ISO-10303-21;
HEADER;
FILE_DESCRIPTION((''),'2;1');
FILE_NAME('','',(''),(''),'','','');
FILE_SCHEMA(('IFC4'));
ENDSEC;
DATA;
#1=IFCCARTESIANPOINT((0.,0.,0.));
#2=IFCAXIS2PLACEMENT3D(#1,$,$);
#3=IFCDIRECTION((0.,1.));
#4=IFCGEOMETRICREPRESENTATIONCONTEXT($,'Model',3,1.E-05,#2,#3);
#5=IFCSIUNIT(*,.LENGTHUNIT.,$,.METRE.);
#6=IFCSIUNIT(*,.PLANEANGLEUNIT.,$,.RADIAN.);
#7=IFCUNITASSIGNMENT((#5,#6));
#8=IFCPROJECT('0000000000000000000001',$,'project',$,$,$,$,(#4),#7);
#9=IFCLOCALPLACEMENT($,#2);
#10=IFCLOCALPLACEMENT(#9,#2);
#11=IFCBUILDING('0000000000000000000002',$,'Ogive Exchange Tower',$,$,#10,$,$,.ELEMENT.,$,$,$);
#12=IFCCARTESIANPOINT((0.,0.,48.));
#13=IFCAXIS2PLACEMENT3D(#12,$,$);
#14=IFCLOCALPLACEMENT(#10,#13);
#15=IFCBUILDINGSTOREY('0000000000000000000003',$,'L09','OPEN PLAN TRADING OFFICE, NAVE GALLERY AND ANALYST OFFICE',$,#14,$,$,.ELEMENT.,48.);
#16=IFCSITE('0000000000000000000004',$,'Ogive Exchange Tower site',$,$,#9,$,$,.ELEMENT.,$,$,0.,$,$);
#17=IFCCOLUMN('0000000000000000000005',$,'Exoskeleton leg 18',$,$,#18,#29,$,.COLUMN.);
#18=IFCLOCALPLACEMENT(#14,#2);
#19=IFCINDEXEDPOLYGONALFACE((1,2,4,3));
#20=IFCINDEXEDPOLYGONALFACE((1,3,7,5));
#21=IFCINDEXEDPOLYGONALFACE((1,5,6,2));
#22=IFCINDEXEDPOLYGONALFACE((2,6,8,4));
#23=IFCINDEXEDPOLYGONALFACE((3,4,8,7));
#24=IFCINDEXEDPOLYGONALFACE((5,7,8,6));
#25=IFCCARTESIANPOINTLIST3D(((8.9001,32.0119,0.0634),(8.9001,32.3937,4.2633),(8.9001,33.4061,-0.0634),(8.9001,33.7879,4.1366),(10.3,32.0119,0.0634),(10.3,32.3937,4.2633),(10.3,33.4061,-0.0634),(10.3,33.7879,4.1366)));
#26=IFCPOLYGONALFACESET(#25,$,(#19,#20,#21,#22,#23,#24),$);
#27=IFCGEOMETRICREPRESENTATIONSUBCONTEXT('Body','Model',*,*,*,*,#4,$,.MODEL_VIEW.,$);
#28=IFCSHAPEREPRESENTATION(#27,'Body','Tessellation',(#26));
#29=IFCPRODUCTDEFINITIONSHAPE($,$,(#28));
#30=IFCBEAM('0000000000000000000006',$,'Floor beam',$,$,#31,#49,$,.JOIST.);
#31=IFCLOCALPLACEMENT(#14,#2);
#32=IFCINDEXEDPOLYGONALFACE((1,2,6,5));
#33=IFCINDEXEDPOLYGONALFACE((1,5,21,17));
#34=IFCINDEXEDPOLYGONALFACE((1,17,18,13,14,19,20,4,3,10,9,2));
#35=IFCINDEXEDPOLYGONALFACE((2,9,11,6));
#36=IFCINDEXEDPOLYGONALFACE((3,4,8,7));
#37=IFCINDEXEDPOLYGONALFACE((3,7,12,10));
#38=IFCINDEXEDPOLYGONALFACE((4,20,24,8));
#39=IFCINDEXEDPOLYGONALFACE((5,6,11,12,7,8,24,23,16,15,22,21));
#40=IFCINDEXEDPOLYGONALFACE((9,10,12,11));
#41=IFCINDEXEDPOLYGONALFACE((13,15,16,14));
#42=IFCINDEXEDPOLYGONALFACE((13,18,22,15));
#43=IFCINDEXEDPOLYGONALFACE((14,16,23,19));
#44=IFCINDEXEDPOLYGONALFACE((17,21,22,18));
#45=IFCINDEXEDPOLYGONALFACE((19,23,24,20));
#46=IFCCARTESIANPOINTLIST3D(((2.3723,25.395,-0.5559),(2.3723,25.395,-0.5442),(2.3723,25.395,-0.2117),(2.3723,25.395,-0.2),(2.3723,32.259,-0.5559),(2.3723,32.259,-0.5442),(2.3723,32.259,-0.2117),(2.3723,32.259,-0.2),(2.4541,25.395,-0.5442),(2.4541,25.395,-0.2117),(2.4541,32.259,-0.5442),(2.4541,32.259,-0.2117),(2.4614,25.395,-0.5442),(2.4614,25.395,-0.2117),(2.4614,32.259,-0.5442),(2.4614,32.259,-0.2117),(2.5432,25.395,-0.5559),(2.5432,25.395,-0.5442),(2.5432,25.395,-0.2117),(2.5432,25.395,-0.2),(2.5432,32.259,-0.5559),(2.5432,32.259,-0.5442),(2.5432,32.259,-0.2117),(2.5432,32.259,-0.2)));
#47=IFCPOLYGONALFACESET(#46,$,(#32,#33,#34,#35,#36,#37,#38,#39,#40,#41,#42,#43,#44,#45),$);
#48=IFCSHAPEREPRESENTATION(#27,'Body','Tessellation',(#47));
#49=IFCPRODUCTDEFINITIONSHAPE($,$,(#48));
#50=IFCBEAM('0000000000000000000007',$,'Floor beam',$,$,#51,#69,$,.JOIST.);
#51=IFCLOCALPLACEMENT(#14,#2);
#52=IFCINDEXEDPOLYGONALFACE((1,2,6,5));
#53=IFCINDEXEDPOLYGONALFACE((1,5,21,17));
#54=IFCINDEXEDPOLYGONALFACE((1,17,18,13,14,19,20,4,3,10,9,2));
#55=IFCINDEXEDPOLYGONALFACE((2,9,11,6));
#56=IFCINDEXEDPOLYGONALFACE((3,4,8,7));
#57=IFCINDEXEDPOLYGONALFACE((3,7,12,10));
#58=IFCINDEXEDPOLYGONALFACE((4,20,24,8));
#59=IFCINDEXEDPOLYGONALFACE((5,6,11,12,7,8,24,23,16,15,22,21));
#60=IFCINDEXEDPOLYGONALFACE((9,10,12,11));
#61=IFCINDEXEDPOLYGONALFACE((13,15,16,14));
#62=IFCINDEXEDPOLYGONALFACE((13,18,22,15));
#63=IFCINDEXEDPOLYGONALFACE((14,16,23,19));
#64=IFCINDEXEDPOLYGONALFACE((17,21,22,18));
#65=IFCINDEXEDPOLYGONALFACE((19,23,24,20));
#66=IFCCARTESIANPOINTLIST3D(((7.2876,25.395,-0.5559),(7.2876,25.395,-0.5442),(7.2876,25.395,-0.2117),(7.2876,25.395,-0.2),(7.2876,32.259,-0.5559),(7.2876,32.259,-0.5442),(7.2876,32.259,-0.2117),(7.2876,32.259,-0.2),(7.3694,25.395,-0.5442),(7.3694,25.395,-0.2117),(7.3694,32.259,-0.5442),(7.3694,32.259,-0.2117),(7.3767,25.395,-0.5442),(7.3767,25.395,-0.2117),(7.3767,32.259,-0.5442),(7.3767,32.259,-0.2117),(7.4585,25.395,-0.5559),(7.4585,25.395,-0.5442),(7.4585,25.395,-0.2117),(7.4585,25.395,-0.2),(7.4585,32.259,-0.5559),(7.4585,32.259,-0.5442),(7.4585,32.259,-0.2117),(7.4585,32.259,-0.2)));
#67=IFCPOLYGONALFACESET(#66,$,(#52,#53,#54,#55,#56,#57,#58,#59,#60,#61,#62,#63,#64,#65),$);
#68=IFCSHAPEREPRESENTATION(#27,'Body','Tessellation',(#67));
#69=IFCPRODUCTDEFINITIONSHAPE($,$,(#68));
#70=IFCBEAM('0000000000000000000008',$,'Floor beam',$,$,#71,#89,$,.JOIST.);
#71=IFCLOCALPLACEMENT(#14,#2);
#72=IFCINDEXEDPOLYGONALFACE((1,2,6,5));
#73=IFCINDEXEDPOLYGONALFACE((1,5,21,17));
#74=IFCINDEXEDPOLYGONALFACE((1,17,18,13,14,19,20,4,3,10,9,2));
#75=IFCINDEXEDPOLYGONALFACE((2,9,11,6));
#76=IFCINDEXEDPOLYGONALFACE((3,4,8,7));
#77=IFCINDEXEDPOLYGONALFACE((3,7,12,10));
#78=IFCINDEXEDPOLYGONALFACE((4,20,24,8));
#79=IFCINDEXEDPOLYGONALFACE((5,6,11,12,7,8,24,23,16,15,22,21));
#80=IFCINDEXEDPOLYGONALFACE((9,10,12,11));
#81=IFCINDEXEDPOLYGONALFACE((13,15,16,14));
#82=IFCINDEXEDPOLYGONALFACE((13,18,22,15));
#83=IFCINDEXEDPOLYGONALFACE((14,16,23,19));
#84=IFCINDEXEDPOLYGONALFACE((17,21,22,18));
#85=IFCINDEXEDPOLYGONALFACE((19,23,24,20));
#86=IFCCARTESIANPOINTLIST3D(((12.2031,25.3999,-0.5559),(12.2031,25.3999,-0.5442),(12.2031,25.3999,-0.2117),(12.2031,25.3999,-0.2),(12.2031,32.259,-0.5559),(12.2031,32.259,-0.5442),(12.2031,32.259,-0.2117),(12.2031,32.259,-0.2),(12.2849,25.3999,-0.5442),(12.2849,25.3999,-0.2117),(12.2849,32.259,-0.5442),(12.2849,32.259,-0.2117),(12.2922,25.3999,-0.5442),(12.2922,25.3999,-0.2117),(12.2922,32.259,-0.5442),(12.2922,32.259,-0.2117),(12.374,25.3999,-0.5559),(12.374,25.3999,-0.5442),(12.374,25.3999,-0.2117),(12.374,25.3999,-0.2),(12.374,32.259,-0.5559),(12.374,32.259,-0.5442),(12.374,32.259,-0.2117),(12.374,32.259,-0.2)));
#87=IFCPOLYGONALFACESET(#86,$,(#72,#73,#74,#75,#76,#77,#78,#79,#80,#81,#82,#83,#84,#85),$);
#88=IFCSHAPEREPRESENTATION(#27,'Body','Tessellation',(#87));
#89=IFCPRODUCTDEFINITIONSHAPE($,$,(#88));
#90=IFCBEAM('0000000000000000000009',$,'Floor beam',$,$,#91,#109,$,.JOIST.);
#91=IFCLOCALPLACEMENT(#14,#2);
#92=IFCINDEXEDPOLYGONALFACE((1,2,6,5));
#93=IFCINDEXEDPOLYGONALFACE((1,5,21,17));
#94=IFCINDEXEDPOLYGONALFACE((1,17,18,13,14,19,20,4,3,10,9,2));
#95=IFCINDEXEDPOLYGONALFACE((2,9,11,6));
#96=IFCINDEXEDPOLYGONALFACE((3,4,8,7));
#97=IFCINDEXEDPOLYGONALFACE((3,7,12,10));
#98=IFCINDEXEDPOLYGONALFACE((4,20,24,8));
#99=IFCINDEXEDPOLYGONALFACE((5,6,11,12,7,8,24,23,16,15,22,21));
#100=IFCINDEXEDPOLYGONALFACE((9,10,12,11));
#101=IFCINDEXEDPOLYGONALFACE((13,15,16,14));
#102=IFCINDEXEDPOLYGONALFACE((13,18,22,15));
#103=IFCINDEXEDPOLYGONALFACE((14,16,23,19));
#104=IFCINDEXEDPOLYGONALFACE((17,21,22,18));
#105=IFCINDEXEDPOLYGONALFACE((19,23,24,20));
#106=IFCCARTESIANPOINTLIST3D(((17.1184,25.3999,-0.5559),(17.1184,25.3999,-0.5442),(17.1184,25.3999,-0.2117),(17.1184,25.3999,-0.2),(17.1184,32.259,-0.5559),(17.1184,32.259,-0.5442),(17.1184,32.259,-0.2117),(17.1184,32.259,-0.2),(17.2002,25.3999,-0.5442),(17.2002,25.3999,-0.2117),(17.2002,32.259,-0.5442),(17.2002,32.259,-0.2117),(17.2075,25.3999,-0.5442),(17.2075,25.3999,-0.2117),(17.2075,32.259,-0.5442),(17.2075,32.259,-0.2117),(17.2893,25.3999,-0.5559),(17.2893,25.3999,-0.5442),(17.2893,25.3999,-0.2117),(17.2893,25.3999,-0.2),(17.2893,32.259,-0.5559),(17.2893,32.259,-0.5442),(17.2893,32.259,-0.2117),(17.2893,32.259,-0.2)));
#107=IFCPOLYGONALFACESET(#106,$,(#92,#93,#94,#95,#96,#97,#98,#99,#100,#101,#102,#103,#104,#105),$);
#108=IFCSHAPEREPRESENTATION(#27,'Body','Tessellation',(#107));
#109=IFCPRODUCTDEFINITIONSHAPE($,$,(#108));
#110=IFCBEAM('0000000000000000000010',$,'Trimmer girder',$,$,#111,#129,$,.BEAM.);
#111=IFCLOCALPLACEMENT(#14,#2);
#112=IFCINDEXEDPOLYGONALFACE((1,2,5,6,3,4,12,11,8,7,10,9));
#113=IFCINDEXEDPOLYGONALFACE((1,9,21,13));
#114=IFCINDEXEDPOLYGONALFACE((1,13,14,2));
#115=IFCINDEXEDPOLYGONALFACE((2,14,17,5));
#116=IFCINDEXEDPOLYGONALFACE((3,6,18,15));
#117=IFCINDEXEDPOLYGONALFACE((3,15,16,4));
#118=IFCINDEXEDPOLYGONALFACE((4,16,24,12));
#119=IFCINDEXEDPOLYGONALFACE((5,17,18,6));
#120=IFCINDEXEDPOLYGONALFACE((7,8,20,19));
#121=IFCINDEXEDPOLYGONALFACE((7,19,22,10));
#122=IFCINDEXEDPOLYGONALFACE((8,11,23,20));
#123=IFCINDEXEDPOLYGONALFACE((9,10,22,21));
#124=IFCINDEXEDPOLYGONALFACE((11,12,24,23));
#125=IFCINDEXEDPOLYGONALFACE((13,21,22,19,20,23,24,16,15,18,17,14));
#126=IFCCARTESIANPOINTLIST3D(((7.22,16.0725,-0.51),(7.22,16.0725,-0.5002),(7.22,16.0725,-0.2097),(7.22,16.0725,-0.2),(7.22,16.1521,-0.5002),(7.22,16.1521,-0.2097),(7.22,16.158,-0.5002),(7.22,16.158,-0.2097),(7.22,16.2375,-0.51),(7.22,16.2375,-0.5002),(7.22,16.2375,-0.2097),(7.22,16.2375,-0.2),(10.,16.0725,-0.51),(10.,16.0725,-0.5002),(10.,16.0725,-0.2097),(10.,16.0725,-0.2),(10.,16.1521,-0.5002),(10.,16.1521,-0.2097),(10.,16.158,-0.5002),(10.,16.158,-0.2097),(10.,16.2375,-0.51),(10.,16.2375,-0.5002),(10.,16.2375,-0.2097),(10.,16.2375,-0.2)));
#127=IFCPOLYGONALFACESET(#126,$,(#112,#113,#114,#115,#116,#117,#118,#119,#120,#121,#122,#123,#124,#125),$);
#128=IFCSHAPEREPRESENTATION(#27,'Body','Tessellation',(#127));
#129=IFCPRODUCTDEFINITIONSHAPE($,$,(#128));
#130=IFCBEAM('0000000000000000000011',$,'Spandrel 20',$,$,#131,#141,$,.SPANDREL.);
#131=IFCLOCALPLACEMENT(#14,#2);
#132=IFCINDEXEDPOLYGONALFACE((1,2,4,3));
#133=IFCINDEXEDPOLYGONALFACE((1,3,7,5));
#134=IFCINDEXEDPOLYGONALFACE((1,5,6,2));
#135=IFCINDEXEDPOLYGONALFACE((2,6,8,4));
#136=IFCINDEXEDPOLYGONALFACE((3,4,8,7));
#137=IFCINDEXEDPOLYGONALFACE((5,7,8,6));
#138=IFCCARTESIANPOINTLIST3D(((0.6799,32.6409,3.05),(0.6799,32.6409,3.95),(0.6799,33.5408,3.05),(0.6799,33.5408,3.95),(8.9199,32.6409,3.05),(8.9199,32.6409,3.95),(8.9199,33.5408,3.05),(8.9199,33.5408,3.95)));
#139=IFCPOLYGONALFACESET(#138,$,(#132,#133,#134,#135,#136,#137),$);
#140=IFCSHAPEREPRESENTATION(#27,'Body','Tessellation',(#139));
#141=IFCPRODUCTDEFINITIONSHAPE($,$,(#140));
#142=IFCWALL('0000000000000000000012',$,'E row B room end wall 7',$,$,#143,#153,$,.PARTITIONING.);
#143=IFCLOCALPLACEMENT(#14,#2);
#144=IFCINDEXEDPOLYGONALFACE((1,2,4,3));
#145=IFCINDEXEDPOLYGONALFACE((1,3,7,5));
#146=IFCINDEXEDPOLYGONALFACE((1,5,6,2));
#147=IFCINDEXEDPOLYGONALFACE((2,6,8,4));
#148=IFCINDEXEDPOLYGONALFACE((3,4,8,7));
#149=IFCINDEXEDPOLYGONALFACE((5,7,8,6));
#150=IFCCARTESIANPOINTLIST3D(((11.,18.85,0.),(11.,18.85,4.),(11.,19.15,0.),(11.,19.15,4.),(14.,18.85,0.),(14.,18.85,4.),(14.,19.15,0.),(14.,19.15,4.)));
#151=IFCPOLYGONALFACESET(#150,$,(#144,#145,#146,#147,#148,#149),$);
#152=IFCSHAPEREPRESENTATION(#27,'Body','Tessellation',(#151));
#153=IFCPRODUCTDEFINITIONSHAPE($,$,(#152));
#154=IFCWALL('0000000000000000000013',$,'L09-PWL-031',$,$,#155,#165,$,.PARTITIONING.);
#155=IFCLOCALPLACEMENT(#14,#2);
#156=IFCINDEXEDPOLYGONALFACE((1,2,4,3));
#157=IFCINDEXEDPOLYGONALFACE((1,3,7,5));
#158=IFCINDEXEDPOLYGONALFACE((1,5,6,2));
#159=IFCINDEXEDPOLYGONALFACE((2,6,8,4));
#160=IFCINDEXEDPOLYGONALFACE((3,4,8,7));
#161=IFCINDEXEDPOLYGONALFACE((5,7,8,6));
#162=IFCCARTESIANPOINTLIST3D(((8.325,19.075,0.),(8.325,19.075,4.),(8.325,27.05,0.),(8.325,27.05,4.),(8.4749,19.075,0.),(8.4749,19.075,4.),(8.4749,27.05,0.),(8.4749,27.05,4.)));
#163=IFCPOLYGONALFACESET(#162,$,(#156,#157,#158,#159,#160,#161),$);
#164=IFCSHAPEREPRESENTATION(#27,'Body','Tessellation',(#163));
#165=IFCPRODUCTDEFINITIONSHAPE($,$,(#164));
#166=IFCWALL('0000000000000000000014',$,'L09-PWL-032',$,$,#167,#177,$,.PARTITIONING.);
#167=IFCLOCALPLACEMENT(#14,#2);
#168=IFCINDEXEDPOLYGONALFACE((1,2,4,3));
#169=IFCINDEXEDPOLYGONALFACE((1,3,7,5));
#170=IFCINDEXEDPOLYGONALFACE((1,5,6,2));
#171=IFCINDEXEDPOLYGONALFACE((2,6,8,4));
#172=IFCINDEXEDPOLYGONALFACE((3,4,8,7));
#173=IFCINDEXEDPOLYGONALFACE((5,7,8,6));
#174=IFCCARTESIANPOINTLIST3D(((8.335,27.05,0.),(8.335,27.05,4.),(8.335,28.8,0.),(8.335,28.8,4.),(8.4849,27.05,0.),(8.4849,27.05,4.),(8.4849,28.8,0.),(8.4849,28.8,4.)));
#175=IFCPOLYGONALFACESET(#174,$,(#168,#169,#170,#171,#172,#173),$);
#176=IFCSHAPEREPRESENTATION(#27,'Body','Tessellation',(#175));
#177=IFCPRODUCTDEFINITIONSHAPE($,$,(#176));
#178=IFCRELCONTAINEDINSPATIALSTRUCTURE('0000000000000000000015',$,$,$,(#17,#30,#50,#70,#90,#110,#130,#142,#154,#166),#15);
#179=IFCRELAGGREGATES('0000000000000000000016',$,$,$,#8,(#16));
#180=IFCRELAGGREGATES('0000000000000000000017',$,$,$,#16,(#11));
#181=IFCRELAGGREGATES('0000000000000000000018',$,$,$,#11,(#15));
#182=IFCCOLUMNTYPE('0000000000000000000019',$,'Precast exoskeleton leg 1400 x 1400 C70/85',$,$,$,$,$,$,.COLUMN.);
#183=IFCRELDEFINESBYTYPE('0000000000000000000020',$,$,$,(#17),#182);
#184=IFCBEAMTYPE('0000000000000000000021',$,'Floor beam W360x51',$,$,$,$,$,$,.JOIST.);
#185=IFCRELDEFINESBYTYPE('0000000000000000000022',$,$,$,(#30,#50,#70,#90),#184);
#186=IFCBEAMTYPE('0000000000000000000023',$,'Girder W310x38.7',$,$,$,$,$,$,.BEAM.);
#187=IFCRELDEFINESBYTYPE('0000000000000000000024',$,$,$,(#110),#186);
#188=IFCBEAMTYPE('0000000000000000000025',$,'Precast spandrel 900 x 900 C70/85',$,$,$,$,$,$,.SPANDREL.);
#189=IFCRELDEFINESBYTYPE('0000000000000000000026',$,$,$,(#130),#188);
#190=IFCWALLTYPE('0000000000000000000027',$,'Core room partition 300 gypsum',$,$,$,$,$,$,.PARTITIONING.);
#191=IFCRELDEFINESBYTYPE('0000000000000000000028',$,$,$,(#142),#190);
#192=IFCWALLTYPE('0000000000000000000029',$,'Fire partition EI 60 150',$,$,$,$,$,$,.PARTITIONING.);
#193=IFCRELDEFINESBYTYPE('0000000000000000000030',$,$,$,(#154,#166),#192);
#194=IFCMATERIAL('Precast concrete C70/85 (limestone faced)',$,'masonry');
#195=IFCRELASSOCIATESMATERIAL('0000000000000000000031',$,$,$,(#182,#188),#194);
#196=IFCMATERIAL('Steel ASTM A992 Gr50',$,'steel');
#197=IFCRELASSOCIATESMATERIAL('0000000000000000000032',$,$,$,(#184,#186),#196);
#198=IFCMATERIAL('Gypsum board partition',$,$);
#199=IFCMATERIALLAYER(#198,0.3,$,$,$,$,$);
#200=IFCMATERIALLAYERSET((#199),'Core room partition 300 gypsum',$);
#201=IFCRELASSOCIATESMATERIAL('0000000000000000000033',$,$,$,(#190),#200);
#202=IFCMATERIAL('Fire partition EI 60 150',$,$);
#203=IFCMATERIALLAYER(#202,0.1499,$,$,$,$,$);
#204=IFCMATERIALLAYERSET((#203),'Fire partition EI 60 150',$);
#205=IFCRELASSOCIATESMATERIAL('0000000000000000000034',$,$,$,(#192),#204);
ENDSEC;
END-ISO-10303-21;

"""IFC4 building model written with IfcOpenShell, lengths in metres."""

from ifc_helpers import new_model, si_unit, direction, frame, frame_2d, origin, origin_2d, place, context, subcontext, project, spatial, rectangle, i_section, extrude, material, layer, layer_set, material_profile, profile_set, type_object, element, save


model = new_model("IFC4")

# Units and contexts
model_context = context("Model", 3, precision=1e-05, world=origin(), true_north=direction((0.0, 1.0)))
body_context = subcontext(model_context, "Body", "Model", "MODEL_VIEW")
ifc_project = project(units=[si_unit("LENGTHUNIT", "METRE"), si_unit("PLANEANGLEUNIT", "RADIAN")], contexts=[model_context])

# Site, building, storey
site_placement = place(None, origin())
site = spatial("IfcSite", under=ifc_project, at=site_placement, Name="Ogive Exchange Tower site", CompositionType="ELEMENT", RefElevation=0.0)
building_placement = place(site_placement, origin())
building = spatial("IfcBuilding", under=site, at=building_placement, Name="Ogive Exchange Tower", CompositionType="ELEMENT")
storey_placement = place(building_placement, frame((0.0, 0.0, 48.0)))
storey = spatial("IfcBuildingStorey", under=building, at=storey_placement, Name="L09", Description="OPEN PLAN TRADING OFFICE, NAVE GALLERY AND ANALYST OFFICE", CompositionType="ELEMENT", Elevation=48.0)

# Column
ifc_material_1 = material(Name="Precast concrete C70/85 (limestone faced)", Category="masonry")
ifc_material_profile_1 = material_profile(ifc_material_1, rectangle(XDim=1.3999, YDim=1.3999, at=origin_2d()), Name="1400 x 1400")
ifc_profile_set_1 = profile_set([ifc_material_profile_1], Name="Precast concrete C70/85 (limestone faced)")
column_type = type_object("IfcColumnType", Name="Precast exoskeleton leg 1400 x 1400 C70/85", PredefinedType="COLUMN", material=ifc_profile_set_1)
column_placement = place(storey_placement, frame((9.6001, 32.709, 0.0), z_axis=(0.0, 0.090541, 0.995893), x_axis=(-1.0, 0.0, 0.0)))
element("IfcColumn", 1, at=column_placement, inside=storey, type_object=column_type, Name="Exoskeleton leg 18", PredefinedType="COLUMN", context=body_context, shape_type="SweptSolid", body=[
    extrude(rectangle(XDim=1.3999, YDim=1.3999, at=origin_2d()), origin(), (0.0, 0.0, 1.0), 4.2173),
])

# Beams
ifc_material_2 = material(Name="Steel ASTM A992 Gr50", Category="steel")
ifc_material_profile_2 = material_profile(ifc_material_2, i_section(OverallWidth=0.1709, OverallDepth=0.356, WebThickness=0.0073, FlangeThickness=0.0117, at=origin_2d()), Name="W360x51")
ifc_profile_set_2 = profile_set([ifc_material_profile_2], Name="Steel ASTM A992 Gr50")
beam_type_1 = type_object("IfcBeamType", Name="Floor beam W360x51", PredefinedType="JOIST", material=ifc_profile_set_2)
for number, where, z_axis, x_axis, name in (
    (2, (2.4578, 25.395, -0.3779), (0.0, 1.0, 0.0), (-1.0, 0.0, 0.0), "Floor beam"),
    (3, (7.373, 25.395, -0.3779), (0.0, 1.0, 0.0), (-1.0, 0.0, 0.0), "Floor beam"),
):
    element("IfcBeam", number, at=place(storey_placement, frame(where, z_axis=z_axis, x_axis=x_axis)), inside=storey, type_object=beam_type_1, Name=name, PredefinedType="JOIST", context=body_context, shape_type="SweptSolid", body=[
        extrude(i_section(OverallWidth=0.1709, OverallDepth=0.356, WebThickness=0.0073, FlangeThickness=0.0117, at=origin_2d()), origin(), (0.0, 0.0, 1.0), 6.864),
    ])
for number, where, z_axis, x_axis, name in (
    (4, (12.2886, 25.3999, -0.3779), (0.0, 1.0, 0.0), (-1.0, 0.0, 0.0), "Floor beam"),
    (5, (17.2039, 25.3999, -0.3779), (0.0, 1.0, 0.0), (-1.0, 0.0, 0.0), "Floor beam"),
):
    element("IfcBeam", number, at=place(storey_placement, frame(where, z_axis=z_axis, x_axis=x_axis)), inside=storey, type_object=beam_type_1, Name=name, PredefinedType="JOIST", context=body_context, shape_type="SweptSolid", body=[
        extrude(i_section(OverallWidth=0.1709, OverallDepth=0.356, WebThickness=0.0073, FlangeThickness=0.0117, at=origin_2d()), origin(), (0.0, 0.0, 1.0), 6.8591),
    ])
ifc_material_profile_3 = material_profile(ifc_material_2, i_section(OverallWidth=0.165, OverallDepth=0.3101, WebThickness=0.0059, FlangeThickness=0.0098, at=origin_2d()), Name="W310x38.7")
ifc_profile_set_3 = profile_set([ifc_material_profile_3], Name="Steel ASTM A992 Gr50")
beam_type_2 = type_object("IfcBeamType", Name="Girder W310x38.7", PredefinedType="BEAM", material=ifc_profile_set_3)
beam_1_placement = place(storey_placement, frame((7.22, 16.155, -0.355), z_axis=(1.0, 0.0, 0.0), x_axis=(0.0, 1.0, 0.0)))
element("IfcBeam", 6, at=beam_1_placement, inside=storey, type_object=beam_type_2, Name="Trimmer girder", PredefinedType="BEAM", context=body_context, shape_type="SweptSolid", body=[
    extrude(i_section(OverallWidth=0.165, OverallDepth=0.3101, WebThickness=0.0059, FlangeThickness=0.0098, at=origin_2d()), origin(), (0.0, 0.0, 1.0), 2.78),
])
ifc_material_profile_4 = material_profile(ifc_material_1, rectangle(XDim=0.8999, YDim=0.8999, at=origin_2d()), Name="900 x 900")
ifc_profile_set_4 = profile_set([ifc_material_profile_4], Name="Precast concrete C70/85 (limestone faced)")
beam_type_3 = type_object("IfcBeamType", Name="Precast spandrel 900 x 900 C70/85", PredefinedType="SPANDREL", material=ifc_profile_set_4)
beam_2_placement = place(storey_placement, frame((8.9199, 33.0908, 3.5), z_axis=(-1.0, 0.0, 0.0), x_axis=(0.0, -1.0, 0.0)))
element("IfcBeam", 7, at=beam_2_placement, inside=storey, type_object=beam_type_3, Name="Spandrel 20", PredefinedType="SPANDREL", context=body_context, shape_type="SweptSolid", body=[
    extrude(rectangle(XDim=0.8999, YDim=0.8999, at=origin_2d()), origin(), (0.0, 0.0, 1.0), 8.24),
])

# Walls
ifc_material_3 = material(Name="Gypsum board partition")
ifc_layer_1 = layer(ifc_material_3, 0.3)
ifc_layer_set_1 = layer_set([ifc_layer_1], Name="Core room partition 300 gypsum")
wall_type_1 = type_object("IfcWallType", Name="Core room partition 300 gypsum", PredefinedType="PARTITIONING", material=ifc_layer_set_1)
wall_1_placement = place(storey_placement, frame((11.0, 19.0, 0.0), z_axis=(0.0, 0.0, 1.0), x_axis=(1.0, 0.0, 0.0)))
element("IfcWall", 8, at=wall_1_placement, inside=storey, type_object=wall_type_1, Name="E row B room end wall 7", PredefinedType="PARTITIONING", context=body_context, shape_type="SweptSolid", body=[
    extrude(rectangle(XDim=3.0, YDim=0.3, at=frame_2d((1.5, 0.0))), origin(), (0.0, 0.0, 1.0), 4.0),
])
ifc_material_4 = material(Name="Fire partition EI 60 150")
ifc_layer_2 = layer(ifc_material_4, 0.1499)
ifc_layer_set_2 = layer_set([ifc_layer_2], Name="Fire partition EI 60 150")
wall_type_2 = type_object("IfcWallType", Name="Fire partition EI 60 150", PredefinedType="PARTITIONING", material=ifc_layer_set_2)
wall_2_placement = place(storey_placement, frame((8.3999, 19.075, 0.0), z_axis=(0.0, 0.0, 1.0), x_axis=(0.0, 1.0, 0.0)))
element("IfcWall", 9, at=wall_2_placement, inside=storey, type_object=wall_type_2, Name="L09-PWL-031", PredefinedType="PARTITIONING", context=body_context, shape_type="SweptSolid", body=[
    extrude(rectangle(XDim=7.9751, YDim=0.1499, at=frame_2d((3.9875, 0.0))), origin(), (0.0, 0.0, 1.0), 4.0),
])
wall_3_placement = place(storey_placement, frame((8.4099, 27.05, 0.0), z_axis=(0.0, 0.0, 1.0), x_axis=(0.0, 1.0, 0.0)))
element("IfcWall", 10, at=wall_3_placement, inside=storey, type_object=wall_type_2, Name="L09-PWL-032", PredefinedType="PARTITIONING", context=body_context, shape_type="SweptSolid", body=[
    extrude(rectangle(XDim=1.75, YDim=0.1499, at=frame_2d((0.875, 0.0))), origin(), (0.0, 0.0, 1.0), 4.0),
])

save(model, "model.ifc")
